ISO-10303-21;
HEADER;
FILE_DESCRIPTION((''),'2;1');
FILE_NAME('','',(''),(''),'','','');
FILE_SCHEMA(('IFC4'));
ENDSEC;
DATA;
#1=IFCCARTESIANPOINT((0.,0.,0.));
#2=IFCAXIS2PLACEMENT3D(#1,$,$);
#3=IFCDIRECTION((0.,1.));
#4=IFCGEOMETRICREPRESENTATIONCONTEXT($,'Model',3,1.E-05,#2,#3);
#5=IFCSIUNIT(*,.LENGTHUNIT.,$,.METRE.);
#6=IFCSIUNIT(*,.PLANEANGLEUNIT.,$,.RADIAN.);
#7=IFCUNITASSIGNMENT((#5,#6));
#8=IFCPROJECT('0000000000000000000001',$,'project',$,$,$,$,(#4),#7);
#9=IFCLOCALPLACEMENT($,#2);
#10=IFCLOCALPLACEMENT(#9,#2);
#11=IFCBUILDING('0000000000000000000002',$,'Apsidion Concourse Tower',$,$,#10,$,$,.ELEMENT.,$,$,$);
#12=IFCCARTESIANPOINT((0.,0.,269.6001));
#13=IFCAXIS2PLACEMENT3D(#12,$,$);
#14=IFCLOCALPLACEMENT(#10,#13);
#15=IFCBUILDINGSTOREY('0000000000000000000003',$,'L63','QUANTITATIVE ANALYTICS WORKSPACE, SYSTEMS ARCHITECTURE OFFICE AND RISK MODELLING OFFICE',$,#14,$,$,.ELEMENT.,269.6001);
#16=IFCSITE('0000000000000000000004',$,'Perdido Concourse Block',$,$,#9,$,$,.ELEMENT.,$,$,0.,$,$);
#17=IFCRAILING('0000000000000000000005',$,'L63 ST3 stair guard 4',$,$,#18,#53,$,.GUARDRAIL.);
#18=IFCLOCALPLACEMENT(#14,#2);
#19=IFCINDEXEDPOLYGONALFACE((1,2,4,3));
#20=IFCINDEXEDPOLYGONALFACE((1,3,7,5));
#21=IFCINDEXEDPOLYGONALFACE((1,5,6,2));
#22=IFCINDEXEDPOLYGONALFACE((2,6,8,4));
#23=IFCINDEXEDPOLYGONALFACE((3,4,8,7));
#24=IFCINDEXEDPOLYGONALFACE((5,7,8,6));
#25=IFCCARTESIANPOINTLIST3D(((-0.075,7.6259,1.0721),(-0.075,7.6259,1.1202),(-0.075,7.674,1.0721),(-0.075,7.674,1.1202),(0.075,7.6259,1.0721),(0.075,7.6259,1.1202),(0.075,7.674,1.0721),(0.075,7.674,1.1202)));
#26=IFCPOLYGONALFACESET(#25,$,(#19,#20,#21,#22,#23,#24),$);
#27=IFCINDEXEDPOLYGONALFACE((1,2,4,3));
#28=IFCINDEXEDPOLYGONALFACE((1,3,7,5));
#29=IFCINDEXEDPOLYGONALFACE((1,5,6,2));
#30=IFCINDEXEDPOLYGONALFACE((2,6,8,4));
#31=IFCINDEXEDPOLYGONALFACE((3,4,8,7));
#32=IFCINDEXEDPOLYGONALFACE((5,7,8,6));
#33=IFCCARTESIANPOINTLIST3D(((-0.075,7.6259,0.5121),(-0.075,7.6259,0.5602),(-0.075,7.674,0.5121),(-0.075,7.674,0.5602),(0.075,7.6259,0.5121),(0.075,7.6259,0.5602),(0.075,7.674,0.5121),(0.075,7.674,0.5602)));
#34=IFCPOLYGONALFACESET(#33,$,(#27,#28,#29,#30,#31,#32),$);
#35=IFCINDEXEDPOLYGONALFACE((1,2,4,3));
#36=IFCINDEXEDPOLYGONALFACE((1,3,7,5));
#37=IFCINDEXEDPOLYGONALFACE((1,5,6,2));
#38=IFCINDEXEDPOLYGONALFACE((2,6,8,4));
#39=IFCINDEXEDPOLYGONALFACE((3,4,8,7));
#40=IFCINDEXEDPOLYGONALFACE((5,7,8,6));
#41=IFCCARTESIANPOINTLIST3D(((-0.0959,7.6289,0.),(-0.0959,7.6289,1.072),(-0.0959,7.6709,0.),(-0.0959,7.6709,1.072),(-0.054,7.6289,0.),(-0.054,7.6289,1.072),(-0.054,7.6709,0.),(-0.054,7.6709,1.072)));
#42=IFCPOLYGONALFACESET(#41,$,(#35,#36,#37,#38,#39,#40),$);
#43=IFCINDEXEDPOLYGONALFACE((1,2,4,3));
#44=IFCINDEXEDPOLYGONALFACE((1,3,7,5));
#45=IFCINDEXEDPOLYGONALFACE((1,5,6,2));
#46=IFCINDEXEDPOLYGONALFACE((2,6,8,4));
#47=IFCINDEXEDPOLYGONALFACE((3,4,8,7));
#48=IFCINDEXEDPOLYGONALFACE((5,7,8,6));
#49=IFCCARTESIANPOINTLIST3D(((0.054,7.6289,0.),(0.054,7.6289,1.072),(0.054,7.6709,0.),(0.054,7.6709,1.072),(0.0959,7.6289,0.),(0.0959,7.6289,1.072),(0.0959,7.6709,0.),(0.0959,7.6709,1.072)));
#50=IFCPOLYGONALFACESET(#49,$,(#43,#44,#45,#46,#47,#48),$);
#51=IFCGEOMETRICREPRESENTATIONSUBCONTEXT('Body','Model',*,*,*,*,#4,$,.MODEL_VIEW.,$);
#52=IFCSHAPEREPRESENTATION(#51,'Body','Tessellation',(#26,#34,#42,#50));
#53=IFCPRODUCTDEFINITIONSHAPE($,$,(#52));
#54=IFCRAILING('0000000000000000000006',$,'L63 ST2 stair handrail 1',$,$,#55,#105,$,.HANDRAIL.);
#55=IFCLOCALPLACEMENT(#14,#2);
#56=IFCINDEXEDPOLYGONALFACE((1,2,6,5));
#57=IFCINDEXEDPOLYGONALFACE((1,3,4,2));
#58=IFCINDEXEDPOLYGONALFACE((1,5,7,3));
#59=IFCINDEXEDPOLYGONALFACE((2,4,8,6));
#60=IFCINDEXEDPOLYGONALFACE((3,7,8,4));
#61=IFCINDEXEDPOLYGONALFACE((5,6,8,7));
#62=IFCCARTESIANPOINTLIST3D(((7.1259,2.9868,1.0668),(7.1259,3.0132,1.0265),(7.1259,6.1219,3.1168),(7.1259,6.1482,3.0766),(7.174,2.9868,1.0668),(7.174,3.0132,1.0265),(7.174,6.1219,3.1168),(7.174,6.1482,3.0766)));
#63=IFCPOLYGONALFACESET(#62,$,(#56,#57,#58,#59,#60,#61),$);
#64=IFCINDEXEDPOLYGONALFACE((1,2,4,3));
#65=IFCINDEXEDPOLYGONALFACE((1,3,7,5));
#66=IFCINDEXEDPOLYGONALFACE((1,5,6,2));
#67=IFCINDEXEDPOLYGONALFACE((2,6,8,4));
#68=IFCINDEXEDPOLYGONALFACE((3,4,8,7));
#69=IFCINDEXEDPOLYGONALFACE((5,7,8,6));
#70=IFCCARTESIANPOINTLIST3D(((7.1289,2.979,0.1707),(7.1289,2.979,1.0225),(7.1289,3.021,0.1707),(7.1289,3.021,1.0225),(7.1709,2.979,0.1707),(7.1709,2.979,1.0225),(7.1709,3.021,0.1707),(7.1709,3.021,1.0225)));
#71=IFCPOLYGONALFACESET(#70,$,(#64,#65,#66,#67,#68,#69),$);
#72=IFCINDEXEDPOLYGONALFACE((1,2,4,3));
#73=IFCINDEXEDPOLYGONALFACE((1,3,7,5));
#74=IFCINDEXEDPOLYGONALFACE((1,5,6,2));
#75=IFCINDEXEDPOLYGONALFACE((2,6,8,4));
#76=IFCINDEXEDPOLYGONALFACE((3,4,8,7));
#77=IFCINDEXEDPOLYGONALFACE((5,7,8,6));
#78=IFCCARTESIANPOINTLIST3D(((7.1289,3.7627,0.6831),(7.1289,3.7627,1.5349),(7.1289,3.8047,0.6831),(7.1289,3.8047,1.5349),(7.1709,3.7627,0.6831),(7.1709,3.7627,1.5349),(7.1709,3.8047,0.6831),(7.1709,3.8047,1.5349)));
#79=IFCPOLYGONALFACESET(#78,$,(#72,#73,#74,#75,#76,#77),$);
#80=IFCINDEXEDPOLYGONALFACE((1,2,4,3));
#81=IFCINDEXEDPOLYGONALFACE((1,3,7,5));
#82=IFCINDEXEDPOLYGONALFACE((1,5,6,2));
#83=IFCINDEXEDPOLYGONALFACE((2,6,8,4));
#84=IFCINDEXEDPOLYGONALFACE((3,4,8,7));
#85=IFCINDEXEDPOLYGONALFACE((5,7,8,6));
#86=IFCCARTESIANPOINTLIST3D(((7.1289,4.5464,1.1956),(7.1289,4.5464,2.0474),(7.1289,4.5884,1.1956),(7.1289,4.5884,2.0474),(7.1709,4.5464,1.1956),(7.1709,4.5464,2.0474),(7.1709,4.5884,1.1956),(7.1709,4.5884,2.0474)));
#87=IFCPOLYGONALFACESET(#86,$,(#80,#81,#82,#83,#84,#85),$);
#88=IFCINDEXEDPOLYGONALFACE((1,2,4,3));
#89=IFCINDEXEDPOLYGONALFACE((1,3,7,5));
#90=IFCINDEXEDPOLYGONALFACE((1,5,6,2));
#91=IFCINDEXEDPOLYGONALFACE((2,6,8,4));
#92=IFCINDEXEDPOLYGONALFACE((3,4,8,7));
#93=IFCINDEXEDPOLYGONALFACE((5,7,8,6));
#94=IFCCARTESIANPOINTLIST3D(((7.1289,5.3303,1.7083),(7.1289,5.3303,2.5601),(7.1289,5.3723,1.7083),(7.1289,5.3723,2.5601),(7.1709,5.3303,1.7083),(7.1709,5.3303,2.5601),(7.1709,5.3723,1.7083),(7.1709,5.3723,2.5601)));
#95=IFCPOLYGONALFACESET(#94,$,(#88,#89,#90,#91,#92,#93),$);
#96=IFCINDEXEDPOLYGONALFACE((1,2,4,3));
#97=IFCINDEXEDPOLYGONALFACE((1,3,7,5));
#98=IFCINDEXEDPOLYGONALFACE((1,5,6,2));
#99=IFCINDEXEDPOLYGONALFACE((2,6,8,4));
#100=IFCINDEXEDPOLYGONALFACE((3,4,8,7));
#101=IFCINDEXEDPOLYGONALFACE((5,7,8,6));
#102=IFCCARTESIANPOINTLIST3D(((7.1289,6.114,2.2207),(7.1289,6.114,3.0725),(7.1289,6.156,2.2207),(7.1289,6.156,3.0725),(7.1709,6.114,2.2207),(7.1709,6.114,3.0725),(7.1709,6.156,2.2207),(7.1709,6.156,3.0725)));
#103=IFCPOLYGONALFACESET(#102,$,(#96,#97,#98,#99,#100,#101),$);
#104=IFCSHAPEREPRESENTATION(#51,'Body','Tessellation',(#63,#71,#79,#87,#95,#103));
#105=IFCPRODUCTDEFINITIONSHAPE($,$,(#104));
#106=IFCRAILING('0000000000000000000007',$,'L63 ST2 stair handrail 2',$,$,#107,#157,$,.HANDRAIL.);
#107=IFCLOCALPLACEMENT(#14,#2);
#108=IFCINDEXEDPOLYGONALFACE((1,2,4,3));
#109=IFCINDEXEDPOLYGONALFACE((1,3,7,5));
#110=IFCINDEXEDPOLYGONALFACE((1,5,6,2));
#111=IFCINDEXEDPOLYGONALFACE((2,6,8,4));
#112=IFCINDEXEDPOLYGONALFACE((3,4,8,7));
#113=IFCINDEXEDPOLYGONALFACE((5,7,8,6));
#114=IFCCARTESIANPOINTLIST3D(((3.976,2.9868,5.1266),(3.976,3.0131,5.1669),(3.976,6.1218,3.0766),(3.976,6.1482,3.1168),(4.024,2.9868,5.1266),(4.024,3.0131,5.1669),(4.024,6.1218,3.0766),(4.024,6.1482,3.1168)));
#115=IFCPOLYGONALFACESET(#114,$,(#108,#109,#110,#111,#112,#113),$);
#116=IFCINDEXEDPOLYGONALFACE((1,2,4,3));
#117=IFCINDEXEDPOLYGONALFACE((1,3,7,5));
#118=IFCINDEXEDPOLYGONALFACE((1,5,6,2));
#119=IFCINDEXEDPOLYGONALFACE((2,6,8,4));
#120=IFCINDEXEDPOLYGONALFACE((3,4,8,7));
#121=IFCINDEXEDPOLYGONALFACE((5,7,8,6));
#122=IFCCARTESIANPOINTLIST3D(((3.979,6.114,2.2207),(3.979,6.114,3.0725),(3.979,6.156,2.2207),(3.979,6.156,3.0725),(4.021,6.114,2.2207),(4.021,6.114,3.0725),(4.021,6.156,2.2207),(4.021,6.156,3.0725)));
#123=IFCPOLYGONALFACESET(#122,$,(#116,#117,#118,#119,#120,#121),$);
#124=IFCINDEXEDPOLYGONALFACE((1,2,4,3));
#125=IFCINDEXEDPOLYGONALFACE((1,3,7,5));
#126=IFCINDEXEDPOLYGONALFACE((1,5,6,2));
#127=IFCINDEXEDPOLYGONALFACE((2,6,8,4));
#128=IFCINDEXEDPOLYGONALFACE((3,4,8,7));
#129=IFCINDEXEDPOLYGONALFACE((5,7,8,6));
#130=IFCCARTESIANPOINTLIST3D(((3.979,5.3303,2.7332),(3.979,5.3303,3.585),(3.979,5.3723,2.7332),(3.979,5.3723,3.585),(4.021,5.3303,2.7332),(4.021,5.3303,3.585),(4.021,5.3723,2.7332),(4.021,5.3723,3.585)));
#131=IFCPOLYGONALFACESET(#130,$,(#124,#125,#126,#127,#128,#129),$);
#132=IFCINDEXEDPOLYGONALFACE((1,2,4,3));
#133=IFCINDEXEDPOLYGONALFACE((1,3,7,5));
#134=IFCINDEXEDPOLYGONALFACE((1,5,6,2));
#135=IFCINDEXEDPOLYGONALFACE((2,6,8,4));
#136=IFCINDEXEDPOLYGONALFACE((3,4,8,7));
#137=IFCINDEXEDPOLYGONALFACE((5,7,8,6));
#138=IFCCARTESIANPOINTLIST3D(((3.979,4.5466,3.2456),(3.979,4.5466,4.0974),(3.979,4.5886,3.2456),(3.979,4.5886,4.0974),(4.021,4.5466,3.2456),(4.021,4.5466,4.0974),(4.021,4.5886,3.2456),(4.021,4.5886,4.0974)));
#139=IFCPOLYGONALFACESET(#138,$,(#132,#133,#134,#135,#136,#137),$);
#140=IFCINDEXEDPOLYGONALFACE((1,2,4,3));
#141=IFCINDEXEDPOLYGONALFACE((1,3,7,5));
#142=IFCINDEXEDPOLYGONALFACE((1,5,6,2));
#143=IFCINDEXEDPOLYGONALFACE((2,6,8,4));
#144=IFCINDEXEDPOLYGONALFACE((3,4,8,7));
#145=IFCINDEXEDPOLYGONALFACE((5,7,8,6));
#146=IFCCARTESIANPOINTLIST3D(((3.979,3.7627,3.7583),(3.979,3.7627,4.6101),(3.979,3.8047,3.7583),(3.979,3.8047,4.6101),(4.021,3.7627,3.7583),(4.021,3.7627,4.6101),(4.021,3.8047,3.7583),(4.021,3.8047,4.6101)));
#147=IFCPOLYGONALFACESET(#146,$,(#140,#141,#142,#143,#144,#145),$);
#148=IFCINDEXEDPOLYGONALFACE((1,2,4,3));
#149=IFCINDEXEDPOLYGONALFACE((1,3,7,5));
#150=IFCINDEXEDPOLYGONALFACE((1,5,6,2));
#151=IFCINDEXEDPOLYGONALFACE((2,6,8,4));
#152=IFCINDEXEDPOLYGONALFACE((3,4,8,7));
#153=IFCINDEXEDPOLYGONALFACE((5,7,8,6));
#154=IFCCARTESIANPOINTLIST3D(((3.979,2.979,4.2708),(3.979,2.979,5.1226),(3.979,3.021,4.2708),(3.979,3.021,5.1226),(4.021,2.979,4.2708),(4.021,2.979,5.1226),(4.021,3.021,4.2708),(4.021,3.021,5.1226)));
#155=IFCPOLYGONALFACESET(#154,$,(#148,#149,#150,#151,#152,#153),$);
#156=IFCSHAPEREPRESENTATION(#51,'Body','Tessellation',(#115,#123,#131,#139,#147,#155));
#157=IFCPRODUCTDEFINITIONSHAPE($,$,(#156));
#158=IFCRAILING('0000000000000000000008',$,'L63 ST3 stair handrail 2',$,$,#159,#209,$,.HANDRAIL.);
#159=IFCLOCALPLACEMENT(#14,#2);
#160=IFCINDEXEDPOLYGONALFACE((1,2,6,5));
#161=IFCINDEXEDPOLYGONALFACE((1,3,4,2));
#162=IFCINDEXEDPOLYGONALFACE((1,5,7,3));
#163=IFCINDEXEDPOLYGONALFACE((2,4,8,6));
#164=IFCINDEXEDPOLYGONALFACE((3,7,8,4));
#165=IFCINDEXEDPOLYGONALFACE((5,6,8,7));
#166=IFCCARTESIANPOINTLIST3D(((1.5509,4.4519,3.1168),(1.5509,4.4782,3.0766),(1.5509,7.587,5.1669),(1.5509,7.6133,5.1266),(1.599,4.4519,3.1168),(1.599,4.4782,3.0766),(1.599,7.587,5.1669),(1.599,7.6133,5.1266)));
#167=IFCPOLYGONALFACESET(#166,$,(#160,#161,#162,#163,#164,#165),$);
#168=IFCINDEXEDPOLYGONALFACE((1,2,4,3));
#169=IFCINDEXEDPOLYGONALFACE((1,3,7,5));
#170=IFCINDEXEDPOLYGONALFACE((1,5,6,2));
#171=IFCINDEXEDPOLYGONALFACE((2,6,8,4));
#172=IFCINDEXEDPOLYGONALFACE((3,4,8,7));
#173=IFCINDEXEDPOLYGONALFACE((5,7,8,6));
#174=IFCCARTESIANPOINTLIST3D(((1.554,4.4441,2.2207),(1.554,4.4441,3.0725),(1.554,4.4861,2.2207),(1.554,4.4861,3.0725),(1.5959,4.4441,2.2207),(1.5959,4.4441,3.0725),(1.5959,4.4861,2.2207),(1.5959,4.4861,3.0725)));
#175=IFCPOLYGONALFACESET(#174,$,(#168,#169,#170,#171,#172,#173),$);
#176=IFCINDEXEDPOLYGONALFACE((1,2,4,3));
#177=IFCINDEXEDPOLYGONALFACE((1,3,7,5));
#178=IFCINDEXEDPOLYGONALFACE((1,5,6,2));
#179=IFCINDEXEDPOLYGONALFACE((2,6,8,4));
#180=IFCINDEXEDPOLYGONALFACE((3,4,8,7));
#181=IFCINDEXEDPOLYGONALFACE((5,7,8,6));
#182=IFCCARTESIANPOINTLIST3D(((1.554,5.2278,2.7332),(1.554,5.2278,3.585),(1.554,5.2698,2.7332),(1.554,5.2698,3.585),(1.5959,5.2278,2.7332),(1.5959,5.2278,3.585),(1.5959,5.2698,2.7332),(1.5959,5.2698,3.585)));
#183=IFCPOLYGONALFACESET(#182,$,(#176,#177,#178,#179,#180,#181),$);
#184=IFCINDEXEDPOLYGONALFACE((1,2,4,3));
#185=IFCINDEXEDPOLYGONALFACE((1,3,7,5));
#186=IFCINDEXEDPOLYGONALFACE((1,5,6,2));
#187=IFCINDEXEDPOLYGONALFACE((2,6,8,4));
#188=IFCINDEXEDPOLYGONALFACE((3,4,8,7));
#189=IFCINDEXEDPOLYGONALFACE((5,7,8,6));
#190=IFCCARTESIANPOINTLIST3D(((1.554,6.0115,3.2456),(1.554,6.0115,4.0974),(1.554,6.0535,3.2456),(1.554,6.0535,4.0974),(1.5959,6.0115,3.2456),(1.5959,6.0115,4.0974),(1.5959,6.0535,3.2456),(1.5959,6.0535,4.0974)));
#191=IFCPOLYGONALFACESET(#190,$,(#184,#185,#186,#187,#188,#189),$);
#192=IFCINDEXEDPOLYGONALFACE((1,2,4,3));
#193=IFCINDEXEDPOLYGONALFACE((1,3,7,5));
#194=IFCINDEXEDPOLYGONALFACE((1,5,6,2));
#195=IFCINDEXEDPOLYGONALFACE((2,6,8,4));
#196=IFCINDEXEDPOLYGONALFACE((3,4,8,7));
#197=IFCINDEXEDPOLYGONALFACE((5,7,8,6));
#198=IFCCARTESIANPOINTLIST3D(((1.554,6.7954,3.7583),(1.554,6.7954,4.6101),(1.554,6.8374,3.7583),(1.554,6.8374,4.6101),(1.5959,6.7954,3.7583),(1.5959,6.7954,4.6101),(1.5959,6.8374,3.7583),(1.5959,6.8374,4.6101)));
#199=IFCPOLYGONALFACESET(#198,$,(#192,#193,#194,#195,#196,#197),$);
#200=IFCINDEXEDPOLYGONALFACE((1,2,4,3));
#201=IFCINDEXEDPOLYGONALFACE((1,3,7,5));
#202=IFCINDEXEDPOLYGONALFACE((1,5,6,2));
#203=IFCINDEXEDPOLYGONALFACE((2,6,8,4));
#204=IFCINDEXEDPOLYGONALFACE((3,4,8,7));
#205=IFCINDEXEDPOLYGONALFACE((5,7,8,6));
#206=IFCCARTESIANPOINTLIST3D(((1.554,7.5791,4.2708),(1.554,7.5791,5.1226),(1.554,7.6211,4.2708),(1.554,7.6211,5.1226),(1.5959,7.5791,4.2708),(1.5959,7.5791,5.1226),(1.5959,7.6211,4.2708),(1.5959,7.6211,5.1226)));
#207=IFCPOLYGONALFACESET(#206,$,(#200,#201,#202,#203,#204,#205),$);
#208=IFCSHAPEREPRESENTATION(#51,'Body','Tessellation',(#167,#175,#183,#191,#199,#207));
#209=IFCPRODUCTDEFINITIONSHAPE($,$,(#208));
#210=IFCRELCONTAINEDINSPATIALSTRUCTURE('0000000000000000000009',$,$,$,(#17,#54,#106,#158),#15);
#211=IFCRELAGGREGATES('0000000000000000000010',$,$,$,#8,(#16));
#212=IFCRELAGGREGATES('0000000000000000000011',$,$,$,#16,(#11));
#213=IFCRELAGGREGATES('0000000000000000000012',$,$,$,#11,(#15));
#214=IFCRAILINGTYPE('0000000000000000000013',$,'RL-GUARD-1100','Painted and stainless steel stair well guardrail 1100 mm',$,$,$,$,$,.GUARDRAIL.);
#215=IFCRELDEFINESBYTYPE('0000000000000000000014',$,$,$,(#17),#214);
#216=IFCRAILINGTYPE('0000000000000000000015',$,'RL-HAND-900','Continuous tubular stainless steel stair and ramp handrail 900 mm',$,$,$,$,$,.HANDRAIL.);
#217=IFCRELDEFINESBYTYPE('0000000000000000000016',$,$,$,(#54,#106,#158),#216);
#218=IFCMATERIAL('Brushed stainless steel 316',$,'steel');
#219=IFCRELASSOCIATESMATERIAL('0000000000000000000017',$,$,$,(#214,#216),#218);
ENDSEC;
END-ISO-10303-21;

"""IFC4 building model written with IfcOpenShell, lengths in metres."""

from ifc_helpers import new_model, si_unit, direction, frame, origin, origin_2d, place, context, subcontext, project, spatial, rectangle, extrude, material, type_object, element, save


model = new_model("IFC4")

# Units and contexts
model_context = context("Model", 3, precision=1e-05, world=origin(), true_north=direction((0.0, 1.0)))
body_context = subcontext(model_context, "Body", "Model", "MODEL_VIEW")
ifc_project = project(units=[si_unit("LENGTHUNIT", "METRE"), si_unit("PLANEANGLEUNIT", "RADIAN")], contexts=[model_context])

# Site, building, storey
site_placement = place(None, origin())
site = spatial("IfcSite", under=ifc_project, at=site_placement, Name="Perdido Concourse Block", CompositionType="ELEMENT", RefElevation=0.0)
building_placement = place(site_placement, origin())
building = spatial("IfcBuilding", under=site, at=building_placement, Name="Apsidion Concourse Tower", CompositionType="ELEMENT")
storey_placement = place(building_placement, frame((0.0, 0.0, 269.6001)))
storey = spatial("IfcBuildingStorey", under=building, at=storey_placement, Name="L63", Description="QUANTITATIVE ANALYTICS WORKSPACE, SYSTEMS ARCHITECTURE OFFICE AND RISK MODELLING OFFICE", CompositionType="ELEMENT", Elevation=269.6001)

# Railings
ifc_material_1 = material(Name="Brushed stainless steel 316", Category="steel")
railing_type_1 = type_object("IfcRailingType", Name="RL-GUARD-1100", Description="Painted and stainless steel stair well guardrail 1100 mm", PredefinedType="GUARDRAIL", material=ifc_material_1)
railing_1_placement = place(storey_placement, frame((-0.075, 7.6499, 0.0)))
element("IfcRailing", 1, at=railing_1_placement, inside=storey, type_object=railing_type_1, Name="L63 ST3 stair guard 4", PredefinedType="GUARDRAIL", context=body_context, shape_type="SweptSolid", body=[
    extrude(rectangle(XDim=0.0481, YDim=0.0481, at=origin_2d()), frame((0.0, 0.0, 1.0962), z_axis=(1.0, 0.0, 0.0), x_axis=(0.0, 1.0, 0.0)), (0.0, 0.0, 1.0), 0.1499),
    extrude(rectangle(XDim=0.0481, YDim=0.0481, at=origin_2d()), frame((0.0, 0.0, 0.5361), z_axis=(1.0, 0.0, 0.0), x_axis=(0.0, 1.0, 0.0)), (0.0, 0.0, 1.0), 0.1499),
    extrude(rectangle(XDim=0.042, YDim=0.042, at=origin_2d()), origin(), (0.0, 0.0, 1.0), 1.072),
    extrude(rectangle(XDim=0.042, YDim=0.042, at=origin_2d()), frame((0.1499, 0.0, 0.0)), (0.0, 0.0, 1.0), 1.072),
])
railing_type_2 = type_object("IfcRailingType", Name="RL-HAND-900", Description="Continuous tubular stainless steel stair and ramp handrail 900 mm", PredefinedType="HANDRAIL", material=ifc_material_1)
railing_2_placement = place(storey_placement, frame((7.1499, 3.0, 0.1707)))
element("IfcRailing", 2, at=railing_2_placement, inside=storey, type_object=railing_type_2, Name="L63 ST2 stair handrail 1", PredefinedType="HANDRAIL", context=body_context, shape_type="SweptSolid", body=[
    extrude(rectangle(XDim=0.0481, YDim=0.0481, at=origin_2d()), frame((0.0, 0.0, 0.876), z_axis=(0.0, 0.836941, 0.547293), x_axis=(-1.0, 0.0, 0.0)), (0.0, 0.0, 1.0), 3.7458),
    extrude(rectangle(XDim=0.042, YDim=0.042, at=origin_2d()), origin(), (0.0, 0.0, 1.0), 0.8518),
    extrude(rectangle(XDim=0.042, YDim=0.042, at=origin_2d()), frame((0.0, 0.7837, 0.5125)), (0.0, 0.0, 1.0), 0.8518),
    extrude(rectangle(XDim=0.042, YDim=0.042, at=origin_2d()), frame((0.0, 1.5674, 1.0249)), (0.0, 0.0, 1.0), 0.8518),
    extrude(rectangle(XDim=0.042, YDim=0.042, at=origin_2d()), frame((0.0, 2.3513, 1.5376)), (0.0, 0.0, 1.0), 0.8518),
    extrude(rectangle(XDim=0.042, YDim=0.042, at=origin_2d()), frame((0.0, 3.135, 2.05)), (0.0, 0.0, 1.0), 0.8518),
])
railing_3_placement = place(storey_placement, frame((4.0, 6.135, 2.2207)))
element("IfcRailing", 3, at=railing_3_placement, inside=storey, type_object=railing_type_2, Name="L63 ST2 stair handrail 2", PredefinedType="HANDRAIL", context=body_context, shape_type="SweptSolid", body=[
    extrude(rectangle(XDim=0.0481, YDim=0.0481, at=origin_2d()), frame((0.0, 0.0, 0.876), z_axis=(0.0, -0.836941, 0.547293), x_axis=(1.0, 0.0, 0.0)), (0.0, 0.0, 1.0), 3.7458),
    extrude(rectangle(XDim=0.042, YDim=0.042, at=origin_2d()), origin(), (0.0, 0.0, 1.0), 0.8518),
    extrude(rectangle(XDim=0.042, YDim=0.042, at=origin_2d()), frame((0.0, -0.7837, 0.5125)), (0.0, 0.0, 1.0), 0.8518),
    extrude(rectangle(XDim=0.042, YDim=0.042, at=origin_2d()), frame((0.0, -1.5674, 1.0249)), (0.0, 0.0, 1.0), 0.8518),
    extrude(rectangle(XDim=0.042, YDim=0.042, at=origin_2d()), frame((0.0, -2.3513, 1.5376)), (0.0, 0.0, 1.0), 0.8518),
    extrude(rectangle(XDim=0.042, YDim=0.042, at=origin_2d()), frame((0.0, -3.135, 2.05)), (0.0, 0.0, 1.0), 0.8518),
])
railing_4_placement = place(storey_placement, frame((1.575, 4.4651, 2.2207)))
element("IfcRailing", 4, at=railing_4_placement, inside=storey, type_object=railing_type_2, Name="L63 ST3 stair handrail 2", PredefinedType="HANDRAIL", context=body_context, shape_type="SweptSolid", body=[
    extrude(rectangle(XDim=0.0481, YDim=0.0481, at=origin_2d()), frame((0.0, 0.0, 0.876), z_axis=(0.0, 0.836941, 0.547293), x_axis=(-1.0, 0.0, 0.0)), (0.0, 0.0, 1.0), 3.7458),
    extrude(rectangle(XDim=0.042, YDim=0.042, at=origin_2d()), origin(), (0.0, 0.0, 1.0), 0.8518),
    extrude(rectangle(XDim=0.042, YDim=0.042, at=origin_2d()), frame((0.0, 0.7837, 0.5125)), (0.0, 0.0, 1.0), 0.8518),
    extrude(rectangle(XDim=0.042, YDim=0.042, at=origin_2d()), frame((0.0, 1.5674, 1.0249)), (0.0, 0.0, 1.0), 0.8518),
    extrude(rectangle(XDim=0.042, YDim=0.042, at=origin_2d()), frame((0.0, 2.3513, 1.5376)), (0.0, 0.0, 1.0), 0.8518),
    extrude(rectangle(XDim=0.042, YDim=0.042, at=origin_2d()), frame((0.0, 3.135, 2.05)), (0.0, 0.0, 1.0), 0.8518),
])

save(model, "model.ifc")
